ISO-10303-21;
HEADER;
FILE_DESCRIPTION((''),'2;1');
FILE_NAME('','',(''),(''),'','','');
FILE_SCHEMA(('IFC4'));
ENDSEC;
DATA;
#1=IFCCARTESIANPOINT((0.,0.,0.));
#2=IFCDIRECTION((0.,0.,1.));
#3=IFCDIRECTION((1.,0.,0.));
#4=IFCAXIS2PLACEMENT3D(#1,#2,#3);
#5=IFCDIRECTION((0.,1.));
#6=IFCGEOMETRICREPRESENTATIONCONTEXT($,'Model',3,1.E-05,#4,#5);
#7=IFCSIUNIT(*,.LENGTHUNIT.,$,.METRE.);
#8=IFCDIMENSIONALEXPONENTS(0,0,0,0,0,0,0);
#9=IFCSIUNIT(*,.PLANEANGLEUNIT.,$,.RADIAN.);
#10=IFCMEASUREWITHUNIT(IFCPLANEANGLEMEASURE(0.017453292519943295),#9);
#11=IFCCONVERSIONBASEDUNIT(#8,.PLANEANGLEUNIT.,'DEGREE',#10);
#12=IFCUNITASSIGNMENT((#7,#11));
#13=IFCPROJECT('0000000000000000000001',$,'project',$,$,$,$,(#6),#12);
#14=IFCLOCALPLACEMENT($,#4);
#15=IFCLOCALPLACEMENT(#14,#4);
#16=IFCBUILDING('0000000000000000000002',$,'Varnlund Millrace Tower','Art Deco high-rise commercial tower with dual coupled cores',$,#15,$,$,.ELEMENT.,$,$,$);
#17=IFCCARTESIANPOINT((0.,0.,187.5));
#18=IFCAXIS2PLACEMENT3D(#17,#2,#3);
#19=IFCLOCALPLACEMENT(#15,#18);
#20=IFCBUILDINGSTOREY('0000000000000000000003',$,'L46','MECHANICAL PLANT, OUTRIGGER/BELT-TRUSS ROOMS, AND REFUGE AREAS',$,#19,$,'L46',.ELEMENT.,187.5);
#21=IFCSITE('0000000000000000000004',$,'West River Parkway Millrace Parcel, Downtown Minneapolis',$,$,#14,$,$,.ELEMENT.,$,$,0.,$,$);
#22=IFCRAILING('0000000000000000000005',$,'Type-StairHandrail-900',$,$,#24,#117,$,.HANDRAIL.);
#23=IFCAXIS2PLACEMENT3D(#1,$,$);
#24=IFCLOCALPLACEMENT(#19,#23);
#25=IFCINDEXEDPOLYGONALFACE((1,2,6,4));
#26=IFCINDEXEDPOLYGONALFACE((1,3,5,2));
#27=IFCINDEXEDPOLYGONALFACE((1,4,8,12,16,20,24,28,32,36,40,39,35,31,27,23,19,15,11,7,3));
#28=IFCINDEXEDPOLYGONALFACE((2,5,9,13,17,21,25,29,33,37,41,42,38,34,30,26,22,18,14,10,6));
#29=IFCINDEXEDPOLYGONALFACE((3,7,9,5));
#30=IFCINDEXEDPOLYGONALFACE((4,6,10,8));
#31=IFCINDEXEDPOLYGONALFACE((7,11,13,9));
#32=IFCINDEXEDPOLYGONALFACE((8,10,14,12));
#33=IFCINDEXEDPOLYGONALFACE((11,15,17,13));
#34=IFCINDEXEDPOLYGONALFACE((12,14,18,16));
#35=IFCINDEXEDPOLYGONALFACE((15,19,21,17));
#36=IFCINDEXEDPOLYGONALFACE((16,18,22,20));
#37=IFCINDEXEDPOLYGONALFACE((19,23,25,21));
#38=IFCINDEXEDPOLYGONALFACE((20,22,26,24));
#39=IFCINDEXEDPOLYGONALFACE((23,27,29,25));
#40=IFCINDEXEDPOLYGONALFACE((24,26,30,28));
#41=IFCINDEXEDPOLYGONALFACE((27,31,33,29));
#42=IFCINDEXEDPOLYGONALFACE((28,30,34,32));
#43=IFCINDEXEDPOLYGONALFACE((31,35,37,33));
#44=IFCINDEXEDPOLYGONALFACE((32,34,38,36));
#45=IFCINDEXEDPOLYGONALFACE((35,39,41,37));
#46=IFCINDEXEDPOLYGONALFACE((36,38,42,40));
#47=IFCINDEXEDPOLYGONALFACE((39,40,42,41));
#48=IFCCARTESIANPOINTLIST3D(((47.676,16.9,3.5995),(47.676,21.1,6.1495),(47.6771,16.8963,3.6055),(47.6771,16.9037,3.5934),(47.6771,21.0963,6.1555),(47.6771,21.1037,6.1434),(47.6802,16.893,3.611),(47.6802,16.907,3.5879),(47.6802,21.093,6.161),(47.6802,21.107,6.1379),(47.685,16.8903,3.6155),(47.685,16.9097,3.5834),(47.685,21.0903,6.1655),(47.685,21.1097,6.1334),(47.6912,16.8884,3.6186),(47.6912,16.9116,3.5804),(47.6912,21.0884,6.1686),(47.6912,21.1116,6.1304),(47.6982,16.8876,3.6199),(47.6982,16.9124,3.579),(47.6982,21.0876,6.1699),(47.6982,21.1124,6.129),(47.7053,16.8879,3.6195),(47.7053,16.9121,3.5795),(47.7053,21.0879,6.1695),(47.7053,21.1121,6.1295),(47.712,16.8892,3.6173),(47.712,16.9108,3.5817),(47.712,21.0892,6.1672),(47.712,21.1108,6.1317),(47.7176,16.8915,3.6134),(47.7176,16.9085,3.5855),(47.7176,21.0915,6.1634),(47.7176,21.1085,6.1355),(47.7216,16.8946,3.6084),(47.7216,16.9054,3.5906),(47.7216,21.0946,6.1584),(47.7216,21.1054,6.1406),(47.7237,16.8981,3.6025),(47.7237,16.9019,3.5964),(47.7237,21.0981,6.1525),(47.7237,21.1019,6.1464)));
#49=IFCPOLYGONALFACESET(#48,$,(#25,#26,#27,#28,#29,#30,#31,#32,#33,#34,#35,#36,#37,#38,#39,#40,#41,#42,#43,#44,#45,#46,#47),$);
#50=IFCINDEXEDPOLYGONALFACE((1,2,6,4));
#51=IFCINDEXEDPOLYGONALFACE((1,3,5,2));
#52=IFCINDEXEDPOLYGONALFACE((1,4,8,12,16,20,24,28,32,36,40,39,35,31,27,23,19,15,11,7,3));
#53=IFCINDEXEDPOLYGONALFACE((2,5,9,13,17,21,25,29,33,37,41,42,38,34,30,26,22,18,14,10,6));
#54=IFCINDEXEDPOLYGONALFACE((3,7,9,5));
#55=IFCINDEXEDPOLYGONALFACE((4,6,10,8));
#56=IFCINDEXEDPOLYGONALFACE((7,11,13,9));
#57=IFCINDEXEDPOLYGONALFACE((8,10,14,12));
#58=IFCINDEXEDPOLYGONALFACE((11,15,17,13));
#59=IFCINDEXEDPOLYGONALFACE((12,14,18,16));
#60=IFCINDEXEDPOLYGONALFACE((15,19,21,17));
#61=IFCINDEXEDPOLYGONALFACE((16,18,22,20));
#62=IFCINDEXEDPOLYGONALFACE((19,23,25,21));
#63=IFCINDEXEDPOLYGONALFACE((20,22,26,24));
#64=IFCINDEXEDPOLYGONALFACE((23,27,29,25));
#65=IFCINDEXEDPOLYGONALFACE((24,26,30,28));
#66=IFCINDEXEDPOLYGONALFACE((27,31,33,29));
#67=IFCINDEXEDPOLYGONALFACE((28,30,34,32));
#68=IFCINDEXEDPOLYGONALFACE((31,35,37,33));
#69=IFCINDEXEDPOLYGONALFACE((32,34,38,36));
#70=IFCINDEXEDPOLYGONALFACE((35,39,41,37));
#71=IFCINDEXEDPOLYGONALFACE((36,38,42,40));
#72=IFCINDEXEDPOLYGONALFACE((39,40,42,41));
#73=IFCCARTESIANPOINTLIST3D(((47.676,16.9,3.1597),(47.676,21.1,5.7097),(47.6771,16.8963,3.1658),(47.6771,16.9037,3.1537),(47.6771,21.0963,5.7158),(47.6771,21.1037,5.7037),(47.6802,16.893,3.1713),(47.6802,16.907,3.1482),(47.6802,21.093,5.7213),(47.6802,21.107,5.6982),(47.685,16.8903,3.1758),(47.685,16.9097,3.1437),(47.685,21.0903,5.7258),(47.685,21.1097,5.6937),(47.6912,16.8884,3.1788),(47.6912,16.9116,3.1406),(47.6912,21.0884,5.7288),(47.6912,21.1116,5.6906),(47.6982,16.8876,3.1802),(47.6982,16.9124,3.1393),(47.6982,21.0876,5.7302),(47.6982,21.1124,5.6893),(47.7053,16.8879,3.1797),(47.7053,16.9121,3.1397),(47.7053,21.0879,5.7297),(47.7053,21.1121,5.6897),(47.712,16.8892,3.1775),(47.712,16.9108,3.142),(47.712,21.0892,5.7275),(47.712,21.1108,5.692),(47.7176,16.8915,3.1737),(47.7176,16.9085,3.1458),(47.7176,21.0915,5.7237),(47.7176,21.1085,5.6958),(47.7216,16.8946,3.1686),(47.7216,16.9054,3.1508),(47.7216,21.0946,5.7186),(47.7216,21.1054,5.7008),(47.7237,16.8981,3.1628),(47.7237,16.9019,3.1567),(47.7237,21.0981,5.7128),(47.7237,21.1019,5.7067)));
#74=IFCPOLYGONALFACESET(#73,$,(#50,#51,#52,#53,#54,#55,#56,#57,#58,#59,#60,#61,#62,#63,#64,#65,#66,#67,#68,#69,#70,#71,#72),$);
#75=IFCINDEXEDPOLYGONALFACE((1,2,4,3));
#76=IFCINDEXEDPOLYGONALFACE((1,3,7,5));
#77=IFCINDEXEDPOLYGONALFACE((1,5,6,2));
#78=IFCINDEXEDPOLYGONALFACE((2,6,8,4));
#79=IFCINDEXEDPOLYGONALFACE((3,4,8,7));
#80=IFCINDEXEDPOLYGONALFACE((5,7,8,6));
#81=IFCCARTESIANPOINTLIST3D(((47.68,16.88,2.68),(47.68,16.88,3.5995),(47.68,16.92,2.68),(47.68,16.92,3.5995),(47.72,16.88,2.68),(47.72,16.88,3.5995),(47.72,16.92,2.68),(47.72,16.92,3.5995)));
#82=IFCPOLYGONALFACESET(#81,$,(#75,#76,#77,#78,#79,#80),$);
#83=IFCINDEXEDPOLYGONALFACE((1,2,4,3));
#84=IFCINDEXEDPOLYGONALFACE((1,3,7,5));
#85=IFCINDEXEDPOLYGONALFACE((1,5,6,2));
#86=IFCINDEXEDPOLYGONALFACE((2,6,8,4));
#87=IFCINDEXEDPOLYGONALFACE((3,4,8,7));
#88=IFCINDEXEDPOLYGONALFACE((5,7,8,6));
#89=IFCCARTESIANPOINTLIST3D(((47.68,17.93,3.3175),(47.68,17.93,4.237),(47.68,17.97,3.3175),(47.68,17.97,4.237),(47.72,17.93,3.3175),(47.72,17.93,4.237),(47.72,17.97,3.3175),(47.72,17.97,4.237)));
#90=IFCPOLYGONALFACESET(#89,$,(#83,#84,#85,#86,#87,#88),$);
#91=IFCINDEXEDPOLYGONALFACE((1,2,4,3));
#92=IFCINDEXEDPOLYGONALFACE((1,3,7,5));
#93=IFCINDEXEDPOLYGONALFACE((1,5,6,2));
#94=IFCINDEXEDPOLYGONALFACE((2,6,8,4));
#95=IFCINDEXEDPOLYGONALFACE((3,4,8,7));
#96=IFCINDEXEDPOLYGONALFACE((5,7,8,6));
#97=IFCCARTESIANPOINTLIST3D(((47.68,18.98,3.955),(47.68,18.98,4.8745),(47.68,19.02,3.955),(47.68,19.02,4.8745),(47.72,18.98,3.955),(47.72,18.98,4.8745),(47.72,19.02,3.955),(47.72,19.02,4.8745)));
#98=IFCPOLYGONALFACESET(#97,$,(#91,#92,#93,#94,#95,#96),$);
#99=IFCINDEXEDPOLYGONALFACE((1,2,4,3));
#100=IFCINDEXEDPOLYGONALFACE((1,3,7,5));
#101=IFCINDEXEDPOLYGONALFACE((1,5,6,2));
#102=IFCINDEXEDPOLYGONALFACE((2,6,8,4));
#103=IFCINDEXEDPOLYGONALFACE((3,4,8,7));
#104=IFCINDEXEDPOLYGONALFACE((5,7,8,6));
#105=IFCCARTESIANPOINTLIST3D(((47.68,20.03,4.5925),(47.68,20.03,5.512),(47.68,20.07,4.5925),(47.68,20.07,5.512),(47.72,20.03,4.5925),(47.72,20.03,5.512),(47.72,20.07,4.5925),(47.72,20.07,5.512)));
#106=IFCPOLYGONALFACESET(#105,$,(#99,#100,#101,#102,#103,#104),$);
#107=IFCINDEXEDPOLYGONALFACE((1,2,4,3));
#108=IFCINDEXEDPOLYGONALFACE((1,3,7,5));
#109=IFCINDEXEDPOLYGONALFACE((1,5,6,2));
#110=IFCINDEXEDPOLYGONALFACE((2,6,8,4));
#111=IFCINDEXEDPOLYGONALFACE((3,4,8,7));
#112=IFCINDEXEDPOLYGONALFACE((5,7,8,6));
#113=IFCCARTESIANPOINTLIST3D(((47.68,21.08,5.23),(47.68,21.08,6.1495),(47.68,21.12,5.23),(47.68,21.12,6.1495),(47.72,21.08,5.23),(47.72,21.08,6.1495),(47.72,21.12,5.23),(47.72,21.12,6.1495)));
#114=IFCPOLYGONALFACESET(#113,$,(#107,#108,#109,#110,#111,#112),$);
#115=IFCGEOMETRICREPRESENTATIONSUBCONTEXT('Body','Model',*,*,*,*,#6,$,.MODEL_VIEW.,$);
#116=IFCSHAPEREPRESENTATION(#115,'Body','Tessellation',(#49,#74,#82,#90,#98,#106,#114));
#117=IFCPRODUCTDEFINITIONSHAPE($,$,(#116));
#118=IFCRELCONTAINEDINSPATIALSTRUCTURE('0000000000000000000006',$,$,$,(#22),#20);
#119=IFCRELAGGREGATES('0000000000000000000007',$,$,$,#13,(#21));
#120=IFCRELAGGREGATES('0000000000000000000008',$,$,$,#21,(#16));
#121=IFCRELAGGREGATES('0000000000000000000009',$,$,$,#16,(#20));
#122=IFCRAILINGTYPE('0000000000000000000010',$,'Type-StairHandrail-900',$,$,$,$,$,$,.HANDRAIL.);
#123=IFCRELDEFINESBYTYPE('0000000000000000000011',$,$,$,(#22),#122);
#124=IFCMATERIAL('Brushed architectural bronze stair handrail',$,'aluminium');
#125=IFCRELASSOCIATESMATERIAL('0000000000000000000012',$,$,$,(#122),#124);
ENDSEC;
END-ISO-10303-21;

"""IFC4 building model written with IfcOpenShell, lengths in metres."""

from ifc_helpers import new_model, entity, si_unit, converted_unit, direction, frame, origin_with_axes, origin_2d_with_axis, place, context, subcontext, project, spatial, rectangle, circle, extrude, material, type_object, element, save


model = new_model("IFC4")

# Units and contexts
model_context = context("Model", 3, precision=1e-05, world=origin_with_axes(), true_north=direction((0.0, 1.0)))
body_context = subcontext(model_context, "Body", "Model", "MODEL_VIEW")
ifc_project = project(units=[si_unit("LENGTHUNIT", "METRE"), converted_unit("PLANEANGLEUNIT", "DEGREE", entity("IfcPlaneAngleMeasure", 0.017453292519943295), si_unit("PLANEANGLEUNIT", "RADIAN"), dimensions=[0, 0, 0, 0, 0, 0, 0])], contexts=[model_context])

# Site, building, storey
site_placement = place(None, origin_with_axes())
site = spatial("IfcSite", under=ifc_project, at=site_placement, Name="West River Parkway Millrace Parcel, Downtown Minneapolis", CompositionType="ELEMENT", RefElevation=0.0)
building_placement = place(site_placement, origin_with_axes())
building = spatial("IfcBuilding", under=site, at=building_placement, Name="Varnlund Millrace Tower", Description="Art Deco high-rise commercial tower with dual coupled cores", CompositionType="ELEMENT")
storey_placement = place(building_placement, frame((0.0, 0.0, 187.5), z_axis=(0.0, 0.0, 1.0), x_axis=(1.0, 0.0, 0.0)))
storey = spatial("IfcBuildingStorey", under=building, at=storey_placement, Name="L46", Description="MECHANICAL PLANT, OUTRIGGER/BELT-TRUSS ROOMS, AND REFUGE AREAS", LongName="L46", CompositionType="ELEMENT", Elevation=187.5)

# Railing
ifc_material_1 = material(Name="Brushed architectural bronze stair handrail", Category="aluminium")
railing_type_1 = type_object("IfcRailingType", Name="Type-StairHandrail-900", PredefinedType="HANDRAIL", material=ifc_material_1)
railing_1_placement = place(storey_placement, frame((0.0, 0.0, -187.5), z_axis=(0.0, 0.0, 1.0), x_axis=(1.0, 0.0, 0.0)))
element("IfcRailing", 1, at=railing_1_placement, inside=storey, type_object=railing_type_1, Name="Type-StairHandrail-900", PredefinedType="HANDRAIL", context=body_context, shape_type="SweptSolid", body=[
    extrude(circle(Radius=0.024, at=origin_2d_with_axis()), frame((47.7, 16.9, 191.0995), z_axis=(0.0, 0.854788, 0.518978), x_axis=(-1.0, 0.0, 0.0)), (0.0, 0.0, 1.0), 4.9135),
    extrude(circle(Radius=0.024, at=origin_2d_with_axis()), frame((47.7, 16.9, 190.6597), z_axis=(0.0, 0.854788, 0.518978), x_axis=(-1.0, 0.0, 0.0)), (0.0, 0.0, 1.0), 4.9135),
    extrude(rectangle(XDim=0.04, YDim=0.04, at=origin_2d_with_axis()), frame((47.7, 16.9, 190.18), z_axis=(0.0, 0.0, 1.0), x_axis=(1.0, 0.0, 0.0)), (0.0, 0.0, 1.0), 0.9195),
    extrude(rectangle(XDim=0.04, YDim=0.04, at=origin_2d_with_axis()), frame((47.7, 17.95, 190.8175), z_axis=(0.0, 0.0, 1.0), x_axis=(1.0, 0.0, 0.0)), (0.0, 0.0, 1.0), 0.9195),
    extrude(rectangle(XDim=0.04, YDim=0.04, at=origin_2d_with_axis()), frame((47.7, 19.0, 191.455), z_axis=(0.0, 0.0, 1.0), x_axis=(1.0, 0.0, 0.0)), (0.0, 0.0, 1.0), 0.9195),
    extrude(rectangle(XDim=0.04, YDim=0.04, at=origin_2d_with_axis()), frame((47.7, 20.05, 192.0925), z_axis=(0.0, 0.0, 1.0), x_axis=(1.0, 0.0, 0.0)), (0.0, 0.0, 1.0), 0.9195),
    extrude(rectangle(XDim=0.04, YDim=0.04, at=origin_2d_with_axis()), frame((47.7, 21.1, 192.73), z_axis=(0.0, 0.0, 1.0), x_axis=(1.0, 0.0, 0.0)), (0.0, 0.0, 1.0), 0.9195),
])

save(model, "model.ifc")
